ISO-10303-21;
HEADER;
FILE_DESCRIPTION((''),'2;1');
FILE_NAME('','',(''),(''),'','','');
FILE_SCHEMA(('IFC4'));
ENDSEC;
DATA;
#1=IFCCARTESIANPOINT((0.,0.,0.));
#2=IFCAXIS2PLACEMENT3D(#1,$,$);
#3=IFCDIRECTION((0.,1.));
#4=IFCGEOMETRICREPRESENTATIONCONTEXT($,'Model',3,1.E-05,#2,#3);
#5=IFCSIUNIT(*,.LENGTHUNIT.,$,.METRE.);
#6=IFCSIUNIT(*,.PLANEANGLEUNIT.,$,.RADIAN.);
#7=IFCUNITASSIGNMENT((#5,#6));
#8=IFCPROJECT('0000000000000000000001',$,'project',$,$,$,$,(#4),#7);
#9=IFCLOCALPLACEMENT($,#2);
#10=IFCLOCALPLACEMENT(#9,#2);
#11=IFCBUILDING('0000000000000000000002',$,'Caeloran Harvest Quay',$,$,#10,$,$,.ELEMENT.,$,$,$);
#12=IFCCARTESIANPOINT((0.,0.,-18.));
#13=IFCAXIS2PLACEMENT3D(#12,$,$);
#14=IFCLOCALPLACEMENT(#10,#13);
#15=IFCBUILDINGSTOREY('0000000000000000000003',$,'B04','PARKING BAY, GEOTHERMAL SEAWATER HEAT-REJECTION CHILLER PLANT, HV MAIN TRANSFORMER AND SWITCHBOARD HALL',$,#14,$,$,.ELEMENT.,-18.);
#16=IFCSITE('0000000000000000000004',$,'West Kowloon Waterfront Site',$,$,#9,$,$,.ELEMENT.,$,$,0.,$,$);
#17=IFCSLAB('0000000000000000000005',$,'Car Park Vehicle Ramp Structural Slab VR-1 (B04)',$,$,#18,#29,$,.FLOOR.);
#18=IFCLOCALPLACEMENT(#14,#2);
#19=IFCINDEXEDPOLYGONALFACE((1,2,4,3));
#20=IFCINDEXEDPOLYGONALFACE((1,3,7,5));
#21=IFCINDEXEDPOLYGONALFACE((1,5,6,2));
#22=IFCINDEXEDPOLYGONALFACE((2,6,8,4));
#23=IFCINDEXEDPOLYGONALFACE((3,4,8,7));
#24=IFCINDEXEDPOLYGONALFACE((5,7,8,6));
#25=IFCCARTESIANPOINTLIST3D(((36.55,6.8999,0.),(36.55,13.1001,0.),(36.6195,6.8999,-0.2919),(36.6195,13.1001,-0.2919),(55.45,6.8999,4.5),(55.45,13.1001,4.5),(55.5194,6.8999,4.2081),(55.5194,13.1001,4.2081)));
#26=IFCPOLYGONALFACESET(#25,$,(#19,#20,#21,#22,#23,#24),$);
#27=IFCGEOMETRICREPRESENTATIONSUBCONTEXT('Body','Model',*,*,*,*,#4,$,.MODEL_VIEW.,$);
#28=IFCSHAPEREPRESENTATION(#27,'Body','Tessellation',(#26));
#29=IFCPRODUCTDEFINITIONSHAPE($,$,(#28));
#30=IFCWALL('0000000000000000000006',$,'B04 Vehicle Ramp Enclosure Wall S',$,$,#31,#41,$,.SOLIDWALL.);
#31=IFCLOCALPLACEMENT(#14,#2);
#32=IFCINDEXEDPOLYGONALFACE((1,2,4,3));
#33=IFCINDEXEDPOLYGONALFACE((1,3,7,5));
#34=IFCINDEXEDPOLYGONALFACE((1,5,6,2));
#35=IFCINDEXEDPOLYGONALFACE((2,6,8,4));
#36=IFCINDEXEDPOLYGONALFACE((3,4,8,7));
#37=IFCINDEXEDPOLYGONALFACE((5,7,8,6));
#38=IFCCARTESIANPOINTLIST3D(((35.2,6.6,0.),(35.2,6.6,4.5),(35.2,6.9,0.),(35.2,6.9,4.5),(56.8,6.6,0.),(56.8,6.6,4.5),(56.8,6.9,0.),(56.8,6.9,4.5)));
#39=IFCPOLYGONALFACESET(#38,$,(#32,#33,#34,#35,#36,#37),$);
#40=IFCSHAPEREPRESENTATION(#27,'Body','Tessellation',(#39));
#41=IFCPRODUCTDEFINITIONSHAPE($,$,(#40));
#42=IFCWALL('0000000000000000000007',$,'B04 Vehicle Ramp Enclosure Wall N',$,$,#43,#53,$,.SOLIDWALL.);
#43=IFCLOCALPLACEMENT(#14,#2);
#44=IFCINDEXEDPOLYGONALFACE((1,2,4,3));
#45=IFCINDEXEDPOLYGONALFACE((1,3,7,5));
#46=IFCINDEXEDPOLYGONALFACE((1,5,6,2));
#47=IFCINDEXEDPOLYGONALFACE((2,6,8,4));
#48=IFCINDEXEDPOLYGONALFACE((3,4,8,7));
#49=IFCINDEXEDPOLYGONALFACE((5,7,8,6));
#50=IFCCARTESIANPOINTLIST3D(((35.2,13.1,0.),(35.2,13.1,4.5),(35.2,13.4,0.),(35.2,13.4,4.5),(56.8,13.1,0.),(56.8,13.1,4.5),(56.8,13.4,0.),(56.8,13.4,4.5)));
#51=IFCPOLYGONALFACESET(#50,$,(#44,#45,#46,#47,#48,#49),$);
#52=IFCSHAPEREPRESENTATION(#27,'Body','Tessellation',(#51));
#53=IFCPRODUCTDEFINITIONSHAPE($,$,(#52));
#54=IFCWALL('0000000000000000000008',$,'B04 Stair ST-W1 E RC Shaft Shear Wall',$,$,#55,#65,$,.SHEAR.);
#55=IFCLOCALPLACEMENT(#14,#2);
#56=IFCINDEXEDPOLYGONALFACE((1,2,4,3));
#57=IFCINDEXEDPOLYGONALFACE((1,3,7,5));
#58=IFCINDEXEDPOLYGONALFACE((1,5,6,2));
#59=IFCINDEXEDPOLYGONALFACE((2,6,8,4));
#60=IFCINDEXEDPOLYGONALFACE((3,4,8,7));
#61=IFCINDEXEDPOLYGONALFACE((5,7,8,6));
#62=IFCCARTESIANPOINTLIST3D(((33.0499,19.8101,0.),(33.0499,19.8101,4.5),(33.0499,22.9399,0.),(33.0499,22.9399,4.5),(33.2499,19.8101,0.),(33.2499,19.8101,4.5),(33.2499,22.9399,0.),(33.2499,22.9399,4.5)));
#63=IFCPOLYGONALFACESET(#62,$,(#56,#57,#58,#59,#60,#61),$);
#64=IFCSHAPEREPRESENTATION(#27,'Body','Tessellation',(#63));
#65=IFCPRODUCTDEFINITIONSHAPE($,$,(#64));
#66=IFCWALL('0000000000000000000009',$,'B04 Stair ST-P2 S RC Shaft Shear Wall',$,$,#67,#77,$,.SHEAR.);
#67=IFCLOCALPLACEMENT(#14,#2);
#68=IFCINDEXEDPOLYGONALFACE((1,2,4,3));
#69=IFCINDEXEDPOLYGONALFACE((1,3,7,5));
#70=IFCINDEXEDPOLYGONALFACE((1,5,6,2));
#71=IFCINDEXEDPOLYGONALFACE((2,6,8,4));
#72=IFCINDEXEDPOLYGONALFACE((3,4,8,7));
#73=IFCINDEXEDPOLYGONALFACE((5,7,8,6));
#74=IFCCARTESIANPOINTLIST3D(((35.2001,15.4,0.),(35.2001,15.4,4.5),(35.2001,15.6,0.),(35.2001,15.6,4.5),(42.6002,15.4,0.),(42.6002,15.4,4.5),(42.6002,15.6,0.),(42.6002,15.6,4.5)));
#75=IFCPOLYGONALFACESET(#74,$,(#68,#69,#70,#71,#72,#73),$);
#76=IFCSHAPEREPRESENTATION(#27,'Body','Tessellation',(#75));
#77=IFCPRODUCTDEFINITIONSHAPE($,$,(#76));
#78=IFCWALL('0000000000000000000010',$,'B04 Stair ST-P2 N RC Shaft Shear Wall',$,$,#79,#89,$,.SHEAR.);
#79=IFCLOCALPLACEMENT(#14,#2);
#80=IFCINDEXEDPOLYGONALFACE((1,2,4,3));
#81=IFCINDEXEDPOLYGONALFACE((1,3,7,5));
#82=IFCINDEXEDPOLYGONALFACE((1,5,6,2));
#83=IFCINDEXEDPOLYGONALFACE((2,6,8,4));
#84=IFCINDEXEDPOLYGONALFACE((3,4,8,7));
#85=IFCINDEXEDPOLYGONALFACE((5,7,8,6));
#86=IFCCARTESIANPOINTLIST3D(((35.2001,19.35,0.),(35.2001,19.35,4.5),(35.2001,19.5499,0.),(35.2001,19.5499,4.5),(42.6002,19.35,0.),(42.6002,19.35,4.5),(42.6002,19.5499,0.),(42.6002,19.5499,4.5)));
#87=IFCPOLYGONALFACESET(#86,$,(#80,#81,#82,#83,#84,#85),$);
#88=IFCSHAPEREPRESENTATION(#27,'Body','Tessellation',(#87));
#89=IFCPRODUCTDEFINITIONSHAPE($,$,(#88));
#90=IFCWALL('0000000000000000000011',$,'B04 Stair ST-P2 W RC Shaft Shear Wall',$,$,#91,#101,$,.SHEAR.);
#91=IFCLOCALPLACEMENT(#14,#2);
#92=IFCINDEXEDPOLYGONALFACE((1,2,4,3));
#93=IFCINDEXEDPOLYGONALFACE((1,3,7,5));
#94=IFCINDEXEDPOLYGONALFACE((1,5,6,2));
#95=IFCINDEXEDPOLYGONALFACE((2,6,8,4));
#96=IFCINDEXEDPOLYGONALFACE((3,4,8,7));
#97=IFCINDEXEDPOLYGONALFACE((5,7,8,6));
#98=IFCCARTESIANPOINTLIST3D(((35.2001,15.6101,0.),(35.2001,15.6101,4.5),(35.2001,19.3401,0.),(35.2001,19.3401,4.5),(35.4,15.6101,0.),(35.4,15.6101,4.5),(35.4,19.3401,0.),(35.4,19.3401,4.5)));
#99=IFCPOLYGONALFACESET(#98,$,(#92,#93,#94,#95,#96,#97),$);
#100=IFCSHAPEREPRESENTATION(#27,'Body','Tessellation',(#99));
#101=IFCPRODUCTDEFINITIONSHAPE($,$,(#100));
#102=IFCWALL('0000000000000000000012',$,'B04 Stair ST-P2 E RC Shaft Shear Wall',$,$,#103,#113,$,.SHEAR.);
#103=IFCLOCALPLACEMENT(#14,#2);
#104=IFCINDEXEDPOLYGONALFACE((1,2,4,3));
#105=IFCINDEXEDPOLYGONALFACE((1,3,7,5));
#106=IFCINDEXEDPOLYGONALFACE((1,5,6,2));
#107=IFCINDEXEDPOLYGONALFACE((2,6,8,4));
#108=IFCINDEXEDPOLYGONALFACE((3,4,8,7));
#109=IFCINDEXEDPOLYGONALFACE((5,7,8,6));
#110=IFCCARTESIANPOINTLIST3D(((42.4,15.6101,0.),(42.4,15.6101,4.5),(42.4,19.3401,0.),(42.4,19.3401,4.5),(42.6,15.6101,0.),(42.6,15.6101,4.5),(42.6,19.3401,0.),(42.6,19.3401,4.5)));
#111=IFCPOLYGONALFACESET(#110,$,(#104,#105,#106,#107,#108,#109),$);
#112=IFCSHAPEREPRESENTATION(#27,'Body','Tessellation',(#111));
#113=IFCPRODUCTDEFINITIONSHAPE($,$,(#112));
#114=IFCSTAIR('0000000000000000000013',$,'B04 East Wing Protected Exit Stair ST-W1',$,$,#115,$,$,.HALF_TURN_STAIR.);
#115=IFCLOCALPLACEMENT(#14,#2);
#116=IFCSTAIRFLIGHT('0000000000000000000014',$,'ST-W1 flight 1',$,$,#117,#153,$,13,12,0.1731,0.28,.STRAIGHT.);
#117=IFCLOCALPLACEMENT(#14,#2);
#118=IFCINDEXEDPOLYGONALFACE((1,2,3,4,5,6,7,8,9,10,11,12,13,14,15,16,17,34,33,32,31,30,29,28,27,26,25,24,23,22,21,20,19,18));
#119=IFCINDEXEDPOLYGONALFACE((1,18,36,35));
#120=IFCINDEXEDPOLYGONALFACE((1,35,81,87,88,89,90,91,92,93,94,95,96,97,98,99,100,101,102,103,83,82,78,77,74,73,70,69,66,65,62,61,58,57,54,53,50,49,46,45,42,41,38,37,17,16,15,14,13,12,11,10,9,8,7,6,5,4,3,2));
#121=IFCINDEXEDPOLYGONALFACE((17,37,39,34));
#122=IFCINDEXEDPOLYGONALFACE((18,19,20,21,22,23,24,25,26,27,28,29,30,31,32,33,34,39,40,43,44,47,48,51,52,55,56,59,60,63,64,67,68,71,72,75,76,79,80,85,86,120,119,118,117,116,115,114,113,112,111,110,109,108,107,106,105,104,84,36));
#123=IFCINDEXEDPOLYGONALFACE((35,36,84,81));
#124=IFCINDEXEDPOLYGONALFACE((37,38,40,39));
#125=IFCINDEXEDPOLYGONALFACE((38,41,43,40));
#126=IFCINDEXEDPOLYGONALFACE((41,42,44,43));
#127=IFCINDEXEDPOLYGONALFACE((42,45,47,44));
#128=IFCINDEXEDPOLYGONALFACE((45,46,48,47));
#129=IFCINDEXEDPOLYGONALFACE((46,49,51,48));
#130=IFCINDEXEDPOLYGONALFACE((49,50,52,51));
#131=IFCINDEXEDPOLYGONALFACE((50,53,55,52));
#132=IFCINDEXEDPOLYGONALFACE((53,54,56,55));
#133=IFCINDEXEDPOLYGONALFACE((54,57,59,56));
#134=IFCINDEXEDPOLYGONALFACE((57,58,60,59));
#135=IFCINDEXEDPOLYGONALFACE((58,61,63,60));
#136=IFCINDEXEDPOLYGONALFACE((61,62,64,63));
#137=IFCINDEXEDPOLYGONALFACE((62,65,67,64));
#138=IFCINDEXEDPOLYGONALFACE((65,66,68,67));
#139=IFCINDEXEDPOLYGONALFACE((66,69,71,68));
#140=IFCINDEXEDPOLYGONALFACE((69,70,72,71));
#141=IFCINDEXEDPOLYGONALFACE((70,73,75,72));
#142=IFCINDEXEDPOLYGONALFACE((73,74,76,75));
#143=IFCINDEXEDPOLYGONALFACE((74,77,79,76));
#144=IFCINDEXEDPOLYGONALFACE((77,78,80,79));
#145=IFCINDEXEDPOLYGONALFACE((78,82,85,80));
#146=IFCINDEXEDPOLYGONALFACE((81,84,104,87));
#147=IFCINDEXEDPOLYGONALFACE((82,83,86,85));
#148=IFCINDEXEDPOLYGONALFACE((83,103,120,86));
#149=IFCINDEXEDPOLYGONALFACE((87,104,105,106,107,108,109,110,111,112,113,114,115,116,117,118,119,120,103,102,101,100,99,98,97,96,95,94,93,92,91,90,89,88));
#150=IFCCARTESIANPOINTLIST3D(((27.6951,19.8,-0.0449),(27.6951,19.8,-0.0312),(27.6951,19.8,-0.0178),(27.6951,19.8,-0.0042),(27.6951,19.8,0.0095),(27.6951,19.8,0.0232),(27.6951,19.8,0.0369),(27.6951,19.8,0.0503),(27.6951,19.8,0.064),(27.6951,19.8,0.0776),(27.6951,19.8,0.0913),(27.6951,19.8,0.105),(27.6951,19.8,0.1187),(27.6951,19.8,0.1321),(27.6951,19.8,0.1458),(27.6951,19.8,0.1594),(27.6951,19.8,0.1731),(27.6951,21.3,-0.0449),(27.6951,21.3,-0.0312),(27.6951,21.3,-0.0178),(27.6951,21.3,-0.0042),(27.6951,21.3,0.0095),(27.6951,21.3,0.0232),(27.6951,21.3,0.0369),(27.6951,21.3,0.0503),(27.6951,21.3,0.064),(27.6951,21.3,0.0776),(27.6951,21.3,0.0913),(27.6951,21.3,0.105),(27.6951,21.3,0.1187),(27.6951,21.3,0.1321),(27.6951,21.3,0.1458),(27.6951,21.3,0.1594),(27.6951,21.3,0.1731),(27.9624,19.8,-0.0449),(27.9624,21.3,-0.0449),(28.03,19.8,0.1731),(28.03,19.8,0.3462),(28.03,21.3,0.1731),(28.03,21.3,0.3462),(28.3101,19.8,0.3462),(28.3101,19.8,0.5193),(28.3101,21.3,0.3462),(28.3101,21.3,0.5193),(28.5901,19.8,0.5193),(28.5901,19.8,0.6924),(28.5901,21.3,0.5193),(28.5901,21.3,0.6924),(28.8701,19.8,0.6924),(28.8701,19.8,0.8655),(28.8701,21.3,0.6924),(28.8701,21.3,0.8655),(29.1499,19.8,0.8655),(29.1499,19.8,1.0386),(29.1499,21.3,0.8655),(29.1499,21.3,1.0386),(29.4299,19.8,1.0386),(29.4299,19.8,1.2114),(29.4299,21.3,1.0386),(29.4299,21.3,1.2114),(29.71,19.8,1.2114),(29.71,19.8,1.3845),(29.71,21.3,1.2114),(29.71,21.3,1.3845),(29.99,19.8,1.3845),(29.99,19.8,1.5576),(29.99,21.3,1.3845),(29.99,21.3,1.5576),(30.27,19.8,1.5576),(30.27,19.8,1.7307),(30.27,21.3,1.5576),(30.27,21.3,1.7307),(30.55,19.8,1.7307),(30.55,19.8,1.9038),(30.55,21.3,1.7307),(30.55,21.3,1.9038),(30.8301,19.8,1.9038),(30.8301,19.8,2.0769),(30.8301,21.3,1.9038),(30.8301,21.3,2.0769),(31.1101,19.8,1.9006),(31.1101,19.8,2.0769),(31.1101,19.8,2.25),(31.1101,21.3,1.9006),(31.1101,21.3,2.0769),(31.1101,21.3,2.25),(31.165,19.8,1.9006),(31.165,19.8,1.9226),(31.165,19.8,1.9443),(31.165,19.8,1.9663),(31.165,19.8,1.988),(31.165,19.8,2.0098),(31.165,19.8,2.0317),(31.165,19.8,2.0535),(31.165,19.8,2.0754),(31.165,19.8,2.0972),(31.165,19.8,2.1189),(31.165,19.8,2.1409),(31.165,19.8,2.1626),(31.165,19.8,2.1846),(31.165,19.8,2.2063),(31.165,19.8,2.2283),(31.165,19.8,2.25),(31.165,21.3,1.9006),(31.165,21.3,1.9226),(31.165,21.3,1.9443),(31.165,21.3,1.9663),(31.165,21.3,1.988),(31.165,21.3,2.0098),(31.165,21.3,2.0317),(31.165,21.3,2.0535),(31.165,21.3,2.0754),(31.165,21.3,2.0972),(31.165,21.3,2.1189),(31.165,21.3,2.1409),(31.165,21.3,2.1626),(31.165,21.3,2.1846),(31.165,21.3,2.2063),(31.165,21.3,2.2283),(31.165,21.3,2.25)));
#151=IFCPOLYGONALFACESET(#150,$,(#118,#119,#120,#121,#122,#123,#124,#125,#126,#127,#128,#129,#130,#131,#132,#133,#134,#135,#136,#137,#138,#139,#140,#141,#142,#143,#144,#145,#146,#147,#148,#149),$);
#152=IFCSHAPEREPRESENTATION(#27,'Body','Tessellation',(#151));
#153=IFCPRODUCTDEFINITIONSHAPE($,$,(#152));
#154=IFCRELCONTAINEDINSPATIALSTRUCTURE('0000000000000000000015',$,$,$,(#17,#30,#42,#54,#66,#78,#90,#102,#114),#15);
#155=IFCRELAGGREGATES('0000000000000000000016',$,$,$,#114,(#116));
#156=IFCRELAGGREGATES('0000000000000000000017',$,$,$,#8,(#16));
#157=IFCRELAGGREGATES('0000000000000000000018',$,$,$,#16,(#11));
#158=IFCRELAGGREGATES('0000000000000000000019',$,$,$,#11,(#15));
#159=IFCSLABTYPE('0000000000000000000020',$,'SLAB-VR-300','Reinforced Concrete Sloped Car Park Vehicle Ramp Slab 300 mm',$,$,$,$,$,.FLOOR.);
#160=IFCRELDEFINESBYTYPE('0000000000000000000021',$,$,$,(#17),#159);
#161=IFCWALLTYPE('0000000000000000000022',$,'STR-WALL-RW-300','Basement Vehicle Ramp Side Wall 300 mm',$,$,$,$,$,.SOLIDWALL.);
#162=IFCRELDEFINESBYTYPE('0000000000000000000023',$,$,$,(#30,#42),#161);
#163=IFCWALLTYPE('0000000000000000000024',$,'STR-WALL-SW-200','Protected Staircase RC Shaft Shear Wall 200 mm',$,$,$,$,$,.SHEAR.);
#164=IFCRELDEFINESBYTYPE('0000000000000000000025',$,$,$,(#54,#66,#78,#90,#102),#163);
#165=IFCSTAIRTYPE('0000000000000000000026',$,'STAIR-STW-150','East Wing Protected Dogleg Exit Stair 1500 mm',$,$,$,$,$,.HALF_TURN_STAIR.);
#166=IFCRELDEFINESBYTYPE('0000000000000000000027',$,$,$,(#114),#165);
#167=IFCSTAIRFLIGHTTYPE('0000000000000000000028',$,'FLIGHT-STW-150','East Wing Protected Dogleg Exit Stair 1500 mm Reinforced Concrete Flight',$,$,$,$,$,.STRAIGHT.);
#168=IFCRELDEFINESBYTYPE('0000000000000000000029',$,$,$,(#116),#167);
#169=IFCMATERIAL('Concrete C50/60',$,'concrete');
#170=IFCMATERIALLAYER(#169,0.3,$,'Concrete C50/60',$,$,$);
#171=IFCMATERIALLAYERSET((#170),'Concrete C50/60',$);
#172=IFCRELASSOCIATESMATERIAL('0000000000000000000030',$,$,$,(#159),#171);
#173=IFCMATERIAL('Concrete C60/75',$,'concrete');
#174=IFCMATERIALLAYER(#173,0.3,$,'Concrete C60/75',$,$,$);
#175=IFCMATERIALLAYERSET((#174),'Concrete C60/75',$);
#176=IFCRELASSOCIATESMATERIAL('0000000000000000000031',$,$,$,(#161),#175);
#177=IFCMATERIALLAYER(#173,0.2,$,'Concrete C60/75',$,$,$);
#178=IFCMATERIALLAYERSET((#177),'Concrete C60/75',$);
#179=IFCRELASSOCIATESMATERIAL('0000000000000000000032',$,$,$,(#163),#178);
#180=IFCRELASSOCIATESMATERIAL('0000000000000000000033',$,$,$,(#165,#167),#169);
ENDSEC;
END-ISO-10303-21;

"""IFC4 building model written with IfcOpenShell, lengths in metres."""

from ifc_helpers import new_model, si_unit, direction, frame, frame_2d, origin, place, context, subcontext, project, spatial, polyline, rectangle, outline, extrude, material, layer, layer_set, type_object, element, aggregate, save


model = new_model("IFC4")

# Units and contexts
model_context = context("Model", 3, precision=1e-05, world=origin(), true_north=direction((0.0, 1.0)))
body_context = subcontext(model_context, "Body", "Model", "MODEL_VIEW")
ifc_project = project(units=[si_unit("LENGTHUNIT", "METRE"), si_unit("PLANEANGLEUNIT", "RADIAN")], contexts=[model_context])

# Site, building, storey
site_placement = place(None, origin())
site = spatial("IfcSite", under=ifc_project, at=site_placement, Name="West Kowloon Waterfront Site", CompositionType="ELEMENT", RefElevation=0.0)
building_placement = place(site_placement, origin())
building = spatial("IfcBuilding", under=site, at=building_placement, Name="Caeloran Harvest Quay", CompositionType="ELEMENT")
storey_placement = place(building_placement, frame((0.0, 0.0, -18.0)))
storey = spatial("IfcBuildingStorey", under=building, at=storey_placement, Name="B04", Description="PARKING BAY, GEOTHERMAL SEAWATER HEAT-REJECTION CHILLER PLANT, HV MAIN TRANSFORMER AND SWITCHBOARD HALL", CompositionType="ELEMENT", Elevation=-18.0)

# Shared definitions
ifc_material_1 = material(Name="Concrete C60/75", Category="concrete")

# Slab
ifc_material_2 = material(Name="Concrete C50/60", Category="concrete")
ifc_layer_1 = layer(ifc_material_2, 0.3, Name="Concrete C50/60")
ifc_layer_set_1 = layer_set([ifc_layer_1], Name="Concrete C50/60")
slab_type = type_object("IfcSlabType", Name="SLAB-VR-300", Description="Reinforced Concrete Sloped Car Park Vehicle Ramp Slab 300 mm", PredefinedType="FLOOR", material=ifc_layer_set_1)
slab_placement = place(storey_placement, frame((36.55, 6.8999, 0.0), z_axis=(-0.231622, 0.0, 0.972806), x_axis=(0.972806, 0.0, 0.231622)))
element("IfcSlab", 1, at=slab_placement, inside=storey, type_object=slab_type, Name="Car Park Vehicle Ramp Structural Slab VR-1 (B04)", PredefinedType="FLOOR", context=body_context, shape_type="SweptSolid", body=[
    extrude(outline(polyline([(0.0, 0.0), (19.4282, 0.0), (19.4282, 6.2002), (0.0, 6.2002), (0.0, 0.0)])), origin(), (0.0, 0.0, -1.0), 0.3),
])

# Walls
ifc_layer_2 = layer(ifc_material_1, 0.3, Name="Concrete C60/75")
ifc_layer_set_2 = layer_set([ifc_layer_2], Name="Concrete C60/75")
wall_type_1 = type_object("IfcWallType", Name="STR-WALL-RW-300", Description="Basement Vehicle Ramp Side Wall 300 mm", PredefinedType="SOLIDWALL", material=ifc_layer_set_2)
for number, where, z_axis, x_axis, name in (
    (2, (35.2, 6.75, 0.0), (0.0, 0.0, 1.0), (1.0, 0.0, 0.0), "B04 Vehicle Ramp Enclosure Wall S"),
    (3, (35.2, 13.25, 0.0), (0.0, 0.0, 1.0), (1.0, 0.0, 0.0), "B04 Vehicle Ramp Enclosure Wall N"),
):
    element("IfcWall", number, at=place(storey_placement, frame(where, z_axis=z_axis, x_axis=x_axis)), inside=storey, type_object=wall_type_1, Name=name, PredefinedType="SOLIDWALL", context=body_context, shape_type="SweptSolid", body=[
        extrude(rectangle(XDim=21.6001, YDim=0.3, at=frame_2d((10.8, 0.0))), origin(), (0.0, 0.0, 1.0), 4.5),
    ])
ifc_layer_3 = layer(ifc_material_1, 0.2, Name="Concrete C60/75")
ifc_layer_set_3 = layer_set([ifc_layer_3], Name="Concrete C60/75")
wall_type_2 = type_object("IfcWallType", Name="STR-WALL-SW-200", Description="Protected Staircase RC Shaft Shear Wall 200 mm", PredefinedType="SHEAR", material=ifc_layer_set_3)
wall_placement = place(storey_placement, frame((33.1499, 19.8101, 0.0), z_axis=(0.0, 0.0, 1.0), x_axis=(0.0, 1.0, 0.0)))
element("IfcWall", 4, at=wall_placement, inside=storey, type_object=wall_type_2, Name="B04 Stair ST-W1 E RC Shaft Shear Wall", PredefinedType="SHEAR", context=body_context, shape_type="SweptSolid", body=[
    extrude(rectangle(XDim=3.1299, YDim=0.2, at=frame_2d((1.5649, 0.0))), origin(), (0.0, 0.0, 1.0), 4.5),
])
for number, where, z_axis, x_axis, name in (
    (5, (35.2, 15.5, 0.0), (0.0, 0.0, 1.0), (1.0, 0.0, 0.0), "B04 Stair ST-P2 S RC Shaft Shear Wall"),
    (6, (35.2, 19.45, 0.0), (0.0, 0.0, 1.0), (1.0, 0.0, 0.0), "B04 Stair ST-P2 N RC Shaft Shear Wall"),
):
    element("IfcWall", number, at=place(storey_placement, frame(where, z_axis=z_axis, x_axis=x_axis)), inside=storey, type_object=wall_type_2, Name=name, PredefinedType="SHEAR", context=body_context, shape_type="SweptSolid", body=[
        extrude(rectangle(XDim=7.4001, YDim=0.2, at=frame_2d((3.7002, 0.0))), origin(), (0.0, 0.0, 1.0), 4.5),
    ])
for number, where, z_axis, x_axis, name in (
    (7, (35.3, 15.6101, 0.0), (0.0, 0.0, 1.0), (0.0, 1.0, 0.0), "B04 Stair ST-P2 W RC Shaft Shear Wall"),
    (8, (42.5, 15.6101, 0.0), (0.0, 0.0, 1.0), (0.0, 1.0, 0.0), "B04 Stair ST-P2 E RC Shaft Shear Wall"),
):
    element("IfcWall", number, at=place(storey_placement, frame(where, z_axis=z_axis, x_axis=x_axis)), inside=storey, type_object=wall_type_2, Name=name, PredefinedType="SHEAR", context=body_context, shape_type="SweptSolid", body=[
        extrude(rectangle(XDim=3.73, YDim=0.2, at=frame_2d((1.865, 0.0))), origin(), (0.0, 0.0, 1.0), 4.5),
    ])

# Stair, stair flight
stair_type = type_object("IfcStairType", Name="STAIR-STW-150", Description="East Wing Protected Dogleg Exit Stair 1500 mm", PredefinedType="HALF_TURN_STAIR", material=ifc_material_2)
stair_placement = place(storey_placement, origin())
stair = element("IfcStair", 9, at=stair_placement, inside=storey, type_object=stair_type, Name="B04 East Wing Protected Exit Stair ST-W1", PredefinedType="HALF_TURN_STAIR")
stair_flight_type = type_object("IfcStairFlightType", Name="FLIGHT-STW-150", Description="East Wing Protected Dogleg Exit Stair 1500 mm Reinforced Concrete Flight", PredefinedType="STRAIGHT", material=ifc_material_2)
stair_flight_1_placement = place(storey_placement, frame((27.75, 20.55, 0.0), z_axis=(0.0, 0.0, 1.0), x_axis=(1.0, 0.0, 0.0)))
stair_flight_1 = element("IfcStairFlight", 10, at=stair_flight_1_placement, type_object=stair_flight_type, Name="ST-W1 flight 1", NumberOfRisers=13, NumberOfTreads=12, PredefinedType="STRAIGHT", RiserHeight=0.1731, TreadLength=0.28, context=body_context, shape_type="SweptSolid", body=[
    extrude(outline(polyline([(-0.0549, -0.0449), (-0.0549, -0.0312), (-0.0549, -0.0178), (-0.0549, -0.0042), (-0.0549, 0.0095), (-0.0549, 0.0232), (-0.0549, 0.0369), (-0.0549, 0.0503), (-0.0549, 0.064), (-0.0549, 0.0776), (-0.0549, 0.0913), (-0.0549, 0.105), (-0.0549, 0.1187), (-0.0549, 0.1321), (-0.0549, 0.1458), (-0.0549, 0.1594), (-0.0549, 0.1731), (0.28, 0.1731), (0.28, 0.3462), (0.5601, 0.3462), (0.5601, 0.5193), (0.8401, 0.5193), (0.8401, 0.6924), (1.1201, 0.6924), (1.1201, 0.8655), (1.3999, 0.8655), (1.3999, 1.0386), (1.6799, 1.0386), (1.6799, 1.2114), (1.96, 1.2114), (1.96, 1.3845), (2.24, 1.3845), (2.24, 1.5576), (2.52, 1.5576), (2.52, 1.7307), (2.8, 1.7307), (2.8, 1.9038), (3.0801, 1.9038), (3.0801, 2.0769), (3.3601, 2.0769), (3.3601, 2.25), (3.415, 2.25), (3.415, 2.2283), (3.415, 2.2063), (3.415, 2.1846), (3.415, 2.1626), (3.415, 2.1409), (3.415, 2.1189), (3.415, 2.0972), (3.415, 2.0754), (3.415, 2.0535), (3.415, 2.0317), (3.415, 2.0098), (3.415, 1.988), (3.415, 1.9663), (3.415, 1.9443), (3.415, 1.9226), (3.415, 1.9006), (3.3601, 1.9006), (0.2124, -0.0449), (-0.0549, -0.0449)])), frame((0.0, 0.75, 0.0), z_axis=(0.0, -1.0, 0.0), x_axis=(1.0, 0.0, 0.0)), (0.0, 0.0, 1.0), 1.5),
])
aggregate(stair, [stair_flight_1])

save(model, "model.ifc")
